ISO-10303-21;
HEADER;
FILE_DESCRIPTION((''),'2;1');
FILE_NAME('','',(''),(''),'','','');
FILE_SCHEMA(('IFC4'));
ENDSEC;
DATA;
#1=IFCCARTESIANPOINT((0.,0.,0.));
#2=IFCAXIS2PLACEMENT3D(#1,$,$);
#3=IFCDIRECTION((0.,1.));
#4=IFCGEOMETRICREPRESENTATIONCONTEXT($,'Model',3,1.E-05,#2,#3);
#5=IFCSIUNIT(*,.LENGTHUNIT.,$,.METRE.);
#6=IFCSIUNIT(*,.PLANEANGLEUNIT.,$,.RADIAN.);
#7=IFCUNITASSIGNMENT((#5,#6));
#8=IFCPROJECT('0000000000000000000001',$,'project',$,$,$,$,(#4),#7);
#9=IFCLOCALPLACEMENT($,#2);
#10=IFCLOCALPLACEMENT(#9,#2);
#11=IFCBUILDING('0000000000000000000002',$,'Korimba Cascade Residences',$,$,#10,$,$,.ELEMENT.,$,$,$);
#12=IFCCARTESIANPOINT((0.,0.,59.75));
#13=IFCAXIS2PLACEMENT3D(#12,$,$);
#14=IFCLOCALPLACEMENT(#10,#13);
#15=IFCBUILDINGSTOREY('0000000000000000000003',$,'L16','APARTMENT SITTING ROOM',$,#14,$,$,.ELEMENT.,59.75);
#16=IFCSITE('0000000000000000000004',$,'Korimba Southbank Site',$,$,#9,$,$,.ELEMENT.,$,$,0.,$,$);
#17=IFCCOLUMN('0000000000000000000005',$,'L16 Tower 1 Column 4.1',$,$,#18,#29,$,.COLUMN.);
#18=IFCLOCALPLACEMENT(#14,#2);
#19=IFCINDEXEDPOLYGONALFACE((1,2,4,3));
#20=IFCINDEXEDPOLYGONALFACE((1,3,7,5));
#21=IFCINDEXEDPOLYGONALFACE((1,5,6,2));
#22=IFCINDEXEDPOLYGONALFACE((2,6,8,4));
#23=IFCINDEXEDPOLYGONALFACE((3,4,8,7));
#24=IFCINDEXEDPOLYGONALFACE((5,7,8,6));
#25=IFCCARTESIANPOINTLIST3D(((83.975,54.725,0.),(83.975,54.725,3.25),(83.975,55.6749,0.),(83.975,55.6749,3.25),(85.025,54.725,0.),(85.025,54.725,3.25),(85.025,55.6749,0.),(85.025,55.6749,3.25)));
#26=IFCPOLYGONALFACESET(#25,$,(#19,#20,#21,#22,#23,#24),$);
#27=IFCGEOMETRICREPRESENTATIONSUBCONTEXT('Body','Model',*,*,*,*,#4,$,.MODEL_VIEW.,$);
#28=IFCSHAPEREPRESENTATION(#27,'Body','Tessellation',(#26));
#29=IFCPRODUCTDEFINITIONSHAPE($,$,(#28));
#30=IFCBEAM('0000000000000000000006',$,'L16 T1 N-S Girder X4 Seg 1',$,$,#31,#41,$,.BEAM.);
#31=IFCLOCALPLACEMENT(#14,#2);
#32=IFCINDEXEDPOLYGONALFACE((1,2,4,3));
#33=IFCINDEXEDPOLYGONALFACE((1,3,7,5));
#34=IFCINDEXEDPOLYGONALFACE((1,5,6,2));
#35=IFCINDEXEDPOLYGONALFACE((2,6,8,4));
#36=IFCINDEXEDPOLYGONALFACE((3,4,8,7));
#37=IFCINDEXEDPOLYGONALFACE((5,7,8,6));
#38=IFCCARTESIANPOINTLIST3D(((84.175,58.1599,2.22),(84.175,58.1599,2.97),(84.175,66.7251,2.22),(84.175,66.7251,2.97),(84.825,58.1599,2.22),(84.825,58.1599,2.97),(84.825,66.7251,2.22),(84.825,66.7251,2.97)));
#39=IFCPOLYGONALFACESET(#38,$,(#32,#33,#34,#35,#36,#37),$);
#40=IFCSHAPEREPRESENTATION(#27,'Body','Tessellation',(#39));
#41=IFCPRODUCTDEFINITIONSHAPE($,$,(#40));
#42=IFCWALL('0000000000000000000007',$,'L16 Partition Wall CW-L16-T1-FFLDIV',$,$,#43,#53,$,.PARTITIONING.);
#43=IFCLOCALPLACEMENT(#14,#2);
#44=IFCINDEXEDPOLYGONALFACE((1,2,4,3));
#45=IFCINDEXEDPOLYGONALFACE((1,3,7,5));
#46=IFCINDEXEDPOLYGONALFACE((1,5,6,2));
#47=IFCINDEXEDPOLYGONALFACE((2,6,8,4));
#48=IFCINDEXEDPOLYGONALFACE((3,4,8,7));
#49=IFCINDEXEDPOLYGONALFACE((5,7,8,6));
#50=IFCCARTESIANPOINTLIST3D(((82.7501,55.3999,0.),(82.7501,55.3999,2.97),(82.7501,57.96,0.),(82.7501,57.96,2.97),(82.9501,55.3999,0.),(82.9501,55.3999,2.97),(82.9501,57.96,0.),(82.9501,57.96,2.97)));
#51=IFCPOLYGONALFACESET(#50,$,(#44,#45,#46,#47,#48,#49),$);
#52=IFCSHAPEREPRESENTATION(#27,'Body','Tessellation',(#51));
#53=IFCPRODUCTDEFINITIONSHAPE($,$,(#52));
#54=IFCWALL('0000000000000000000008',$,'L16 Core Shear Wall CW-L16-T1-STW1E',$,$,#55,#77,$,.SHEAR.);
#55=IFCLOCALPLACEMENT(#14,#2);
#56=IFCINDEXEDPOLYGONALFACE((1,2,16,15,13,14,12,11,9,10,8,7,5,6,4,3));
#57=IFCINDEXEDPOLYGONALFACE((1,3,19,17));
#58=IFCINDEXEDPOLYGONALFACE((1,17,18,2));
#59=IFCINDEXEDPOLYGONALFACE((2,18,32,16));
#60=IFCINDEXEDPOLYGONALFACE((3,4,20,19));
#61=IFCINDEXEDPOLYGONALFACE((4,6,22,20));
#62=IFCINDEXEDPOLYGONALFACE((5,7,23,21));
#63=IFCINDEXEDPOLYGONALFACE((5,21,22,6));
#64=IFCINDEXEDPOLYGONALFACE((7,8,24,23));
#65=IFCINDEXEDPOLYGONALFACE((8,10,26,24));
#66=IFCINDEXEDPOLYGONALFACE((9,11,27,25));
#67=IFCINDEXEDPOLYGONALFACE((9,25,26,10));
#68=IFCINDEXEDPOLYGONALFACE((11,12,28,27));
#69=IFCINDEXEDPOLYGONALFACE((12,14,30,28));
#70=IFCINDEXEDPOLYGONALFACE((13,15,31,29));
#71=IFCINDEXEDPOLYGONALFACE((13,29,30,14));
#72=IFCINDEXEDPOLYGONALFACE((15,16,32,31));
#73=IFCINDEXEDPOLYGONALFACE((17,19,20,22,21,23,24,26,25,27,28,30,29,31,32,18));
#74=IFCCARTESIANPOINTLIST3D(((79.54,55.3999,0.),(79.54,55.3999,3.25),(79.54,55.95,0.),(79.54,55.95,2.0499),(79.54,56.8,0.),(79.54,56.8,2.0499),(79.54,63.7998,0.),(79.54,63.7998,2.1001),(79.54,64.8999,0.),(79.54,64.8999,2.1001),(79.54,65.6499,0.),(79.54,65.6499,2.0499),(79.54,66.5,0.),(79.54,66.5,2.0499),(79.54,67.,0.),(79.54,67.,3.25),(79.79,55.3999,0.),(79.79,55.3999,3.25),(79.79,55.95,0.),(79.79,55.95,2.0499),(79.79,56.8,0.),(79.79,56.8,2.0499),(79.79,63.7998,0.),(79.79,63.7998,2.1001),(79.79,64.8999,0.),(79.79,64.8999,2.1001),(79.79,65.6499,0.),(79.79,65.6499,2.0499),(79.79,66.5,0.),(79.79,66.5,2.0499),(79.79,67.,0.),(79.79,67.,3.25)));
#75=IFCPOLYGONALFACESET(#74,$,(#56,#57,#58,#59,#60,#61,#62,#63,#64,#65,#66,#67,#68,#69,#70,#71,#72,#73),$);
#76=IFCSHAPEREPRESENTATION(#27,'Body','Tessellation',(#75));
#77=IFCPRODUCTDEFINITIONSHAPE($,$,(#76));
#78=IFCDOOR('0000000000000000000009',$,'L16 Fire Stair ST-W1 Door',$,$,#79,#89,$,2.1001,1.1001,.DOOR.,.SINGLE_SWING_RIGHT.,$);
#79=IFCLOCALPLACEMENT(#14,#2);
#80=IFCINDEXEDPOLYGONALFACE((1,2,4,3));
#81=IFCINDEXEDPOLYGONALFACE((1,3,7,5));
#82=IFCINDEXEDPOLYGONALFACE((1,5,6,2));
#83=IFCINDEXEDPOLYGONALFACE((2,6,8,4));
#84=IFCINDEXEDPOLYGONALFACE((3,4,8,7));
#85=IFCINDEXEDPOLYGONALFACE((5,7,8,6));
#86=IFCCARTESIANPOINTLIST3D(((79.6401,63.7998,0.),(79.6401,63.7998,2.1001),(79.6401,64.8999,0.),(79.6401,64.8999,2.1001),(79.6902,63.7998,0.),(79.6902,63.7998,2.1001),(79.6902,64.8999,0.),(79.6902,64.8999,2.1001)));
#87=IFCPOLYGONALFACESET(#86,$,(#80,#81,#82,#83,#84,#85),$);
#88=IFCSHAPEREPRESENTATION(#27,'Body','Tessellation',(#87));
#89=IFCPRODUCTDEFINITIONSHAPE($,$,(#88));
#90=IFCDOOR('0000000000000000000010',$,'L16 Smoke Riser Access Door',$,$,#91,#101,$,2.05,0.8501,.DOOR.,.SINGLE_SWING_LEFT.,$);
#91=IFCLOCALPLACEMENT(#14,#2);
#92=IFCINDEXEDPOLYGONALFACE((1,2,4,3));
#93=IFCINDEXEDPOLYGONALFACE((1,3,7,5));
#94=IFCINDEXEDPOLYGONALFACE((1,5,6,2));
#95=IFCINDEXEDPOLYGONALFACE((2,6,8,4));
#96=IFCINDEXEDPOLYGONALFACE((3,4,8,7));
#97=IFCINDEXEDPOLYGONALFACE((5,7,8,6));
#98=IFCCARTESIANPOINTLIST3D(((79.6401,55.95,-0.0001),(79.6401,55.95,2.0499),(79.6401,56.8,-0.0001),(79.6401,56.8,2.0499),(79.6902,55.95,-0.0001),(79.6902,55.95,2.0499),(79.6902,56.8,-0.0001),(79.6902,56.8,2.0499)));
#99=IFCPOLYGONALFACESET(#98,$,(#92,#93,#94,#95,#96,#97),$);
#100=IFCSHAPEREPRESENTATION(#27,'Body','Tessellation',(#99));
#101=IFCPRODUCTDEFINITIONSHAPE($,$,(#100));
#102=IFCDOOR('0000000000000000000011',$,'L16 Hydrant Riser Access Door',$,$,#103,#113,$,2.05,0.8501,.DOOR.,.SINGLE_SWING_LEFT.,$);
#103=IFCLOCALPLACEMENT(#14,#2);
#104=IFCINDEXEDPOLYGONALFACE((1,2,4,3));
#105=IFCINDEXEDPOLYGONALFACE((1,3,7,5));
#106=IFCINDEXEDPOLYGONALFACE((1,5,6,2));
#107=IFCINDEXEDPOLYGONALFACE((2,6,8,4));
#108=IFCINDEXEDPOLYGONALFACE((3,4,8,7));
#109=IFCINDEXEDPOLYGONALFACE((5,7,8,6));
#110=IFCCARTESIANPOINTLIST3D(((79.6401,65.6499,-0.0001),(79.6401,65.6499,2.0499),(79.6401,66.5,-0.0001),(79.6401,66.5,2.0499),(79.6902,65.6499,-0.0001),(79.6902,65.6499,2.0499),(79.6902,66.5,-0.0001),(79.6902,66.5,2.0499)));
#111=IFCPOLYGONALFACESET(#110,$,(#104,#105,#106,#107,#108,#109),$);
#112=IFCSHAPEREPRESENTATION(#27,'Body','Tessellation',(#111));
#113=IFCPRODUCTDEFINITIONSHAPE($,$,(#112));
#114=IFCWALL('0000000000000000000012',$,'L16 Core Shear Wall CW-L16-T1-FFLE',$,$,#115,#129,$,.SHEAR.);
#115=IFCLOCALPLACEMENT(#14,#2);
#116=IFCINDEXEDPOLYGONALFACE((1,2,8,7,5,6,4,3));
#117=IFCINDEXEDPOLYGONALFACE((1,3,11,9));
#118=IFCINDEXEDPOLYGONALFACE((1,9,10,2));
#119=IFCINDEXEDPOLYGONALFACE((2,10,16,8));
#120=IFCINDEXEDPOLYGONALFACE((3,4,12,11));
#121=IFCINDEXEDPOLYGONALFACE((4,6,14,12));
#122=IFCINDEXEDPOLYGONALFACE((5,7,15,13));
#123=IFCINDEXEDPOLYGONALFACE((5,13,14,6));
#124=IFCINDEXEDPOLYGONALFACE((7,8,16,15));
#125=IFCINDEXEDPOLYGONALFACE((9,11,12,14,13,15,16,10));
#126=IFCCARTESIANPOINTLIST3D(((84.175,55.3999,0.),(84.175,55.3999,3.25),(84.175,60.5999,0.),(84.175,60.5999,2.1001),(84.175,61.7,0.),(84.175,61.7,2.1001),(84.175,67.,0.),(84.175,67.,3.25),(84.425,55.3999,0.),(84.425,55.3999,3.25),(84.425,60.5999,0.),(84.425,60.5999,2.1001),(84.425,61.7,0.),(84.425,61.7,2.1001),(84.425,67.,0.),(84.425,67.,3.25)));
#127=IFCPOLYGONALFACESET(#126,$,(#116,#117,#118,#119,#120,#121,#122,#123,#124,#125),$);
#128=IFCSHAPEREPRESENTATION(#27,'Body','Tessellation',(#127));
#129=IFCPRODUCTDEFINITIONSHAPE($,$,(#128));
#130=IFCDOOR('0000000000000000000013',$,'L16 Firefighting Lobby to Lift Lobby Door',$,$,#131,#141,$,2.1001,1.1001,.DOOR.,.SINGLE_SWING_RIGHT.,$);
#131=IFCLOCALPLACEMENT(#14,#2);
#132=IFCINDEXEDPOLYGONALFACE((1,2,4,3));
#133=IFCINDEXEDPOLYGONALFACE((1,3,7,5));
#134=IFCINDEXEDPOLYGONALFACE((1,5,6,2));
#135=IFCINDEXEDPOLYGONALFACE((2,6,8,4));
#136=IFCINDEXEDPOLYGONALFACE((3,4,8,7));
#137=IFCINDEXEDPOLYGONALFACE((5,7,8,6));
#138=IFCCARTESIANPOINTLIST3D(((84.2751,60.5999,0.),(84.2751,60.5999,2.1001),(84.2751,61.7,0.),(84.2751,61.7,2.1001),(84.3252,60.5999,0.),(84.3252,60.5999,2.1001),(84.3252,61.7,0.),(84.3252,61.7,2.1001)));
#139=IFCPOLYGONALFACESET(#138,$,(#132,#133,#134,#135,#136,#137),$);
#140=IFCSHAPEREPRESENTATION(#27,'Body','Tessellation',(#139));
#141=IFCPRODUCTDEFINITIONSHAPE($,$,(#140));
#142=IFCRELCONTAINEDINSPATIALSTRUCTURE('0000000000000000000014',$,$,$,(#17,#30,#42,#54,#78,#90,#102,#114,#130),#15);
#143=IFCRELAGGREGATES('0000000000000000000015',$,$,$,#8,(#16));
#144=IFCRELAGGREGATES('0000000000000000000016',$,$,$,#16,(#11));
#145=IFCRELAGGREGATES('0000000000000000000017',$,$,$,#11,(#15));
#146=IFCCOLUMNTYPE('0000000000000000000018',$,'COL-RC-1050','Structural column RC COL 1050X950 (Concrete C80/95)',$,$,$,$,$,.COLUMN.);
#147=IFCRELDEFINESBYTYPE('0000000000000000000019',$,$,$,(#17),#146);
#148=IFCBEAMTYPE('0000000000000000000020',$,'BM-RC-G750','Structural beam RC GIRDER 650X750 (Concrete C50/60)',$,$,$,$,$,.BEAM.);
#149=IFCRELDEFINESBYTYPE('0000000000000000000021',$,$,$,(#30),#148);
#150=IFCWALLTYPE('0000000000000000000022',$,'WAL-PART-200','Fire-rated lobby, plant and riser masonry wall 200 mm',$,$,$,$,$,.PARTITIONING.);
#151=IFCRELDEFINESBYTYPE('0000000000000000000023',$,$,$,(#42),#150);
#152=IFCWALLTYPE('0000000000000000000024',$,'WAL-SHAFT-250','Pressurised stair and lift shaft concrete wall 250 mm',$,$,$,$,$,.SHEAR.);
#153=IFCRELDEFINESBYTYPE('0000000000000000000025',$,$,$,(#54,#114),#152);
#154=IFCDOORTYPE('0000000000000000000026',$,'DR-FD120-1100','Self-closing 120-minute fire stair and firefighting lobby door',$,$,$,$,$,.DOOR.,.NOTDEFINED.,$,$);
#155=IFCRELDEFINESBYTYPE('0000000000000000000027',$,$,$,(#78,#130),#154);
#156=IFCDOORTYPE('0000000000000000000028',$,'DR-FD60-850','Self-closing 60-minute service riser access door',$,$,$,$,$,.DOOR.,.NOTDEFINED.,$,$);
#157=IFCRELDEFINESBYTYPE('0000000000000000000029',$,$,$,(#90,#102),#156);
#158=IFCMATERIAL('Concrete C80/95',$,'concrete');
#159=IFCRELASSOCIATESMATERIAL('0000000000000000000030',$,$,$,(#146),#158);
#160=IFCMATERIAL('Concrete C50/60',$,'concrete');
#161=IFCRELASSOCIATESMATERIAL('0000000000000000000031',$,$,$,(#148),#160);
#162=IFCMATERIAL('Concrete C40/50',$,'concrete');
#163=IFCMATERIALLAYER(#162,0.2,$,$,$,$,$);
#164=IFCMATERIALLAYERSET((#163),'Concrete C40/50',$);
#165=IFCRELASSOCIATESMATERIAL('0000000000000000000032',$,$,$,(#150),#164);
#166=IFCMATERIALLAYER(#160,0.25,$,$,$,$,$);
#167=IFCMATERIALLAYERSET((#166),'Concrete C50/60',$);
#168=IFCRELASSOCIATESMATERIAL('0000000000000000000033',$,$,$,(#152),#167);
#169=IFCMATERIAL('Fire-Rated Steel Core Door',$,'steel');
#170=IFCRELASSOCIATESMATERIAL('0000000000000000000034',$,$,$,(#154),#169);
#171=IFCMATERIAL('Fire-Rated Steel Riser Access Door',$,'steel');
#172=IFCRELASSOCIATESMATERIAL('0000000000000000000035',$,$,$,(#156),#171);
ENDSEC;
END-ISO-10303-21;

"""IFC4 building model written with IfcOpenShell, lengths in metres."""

from ifc_helpers import new_model, si_unit, direction, frame, frame_2d, origin, origin_2d, place, context, subcontext, project, spatial, rectangle, extrude, material, layer, layer_set, material_profile, profile_set, type_object, element, fill, save


model = new_model("IFC4")

# Units and contexts
model_context = context("Model", 3, precision=1e-05, world=origin(), true_north=direction((0.0, 1.0)))
body_context = subcontext(model_context, "Body", "Model", "MODEL_VIEW")
ifc_project = project(units=[si_unit("LENGTHUNIT", "METRE"), si_unit("PLANEANGLEUNIT", "RADIAN")], contexts=[model_context])

# Site, building, storey
site_placement = place(None, origin())
site = spatial("IfcSite", under=ifc_project, at=site_placement, Name="Korimba Southbank Site", CompositionType="ELEMENT", RefElevation=0.0)
building_placement = place(site_placement, origin())
building = spatial("IfcBuilding", under=site, at=building_placement, Name="Korimba Cascade Residences", CompositionType="ELEMENT")
storey_placement = place(building_placement, frame((0.0, 0.0, 59.75)))
storey = spatial("IfcBuildingStorey", under=building, at=storey_placement, Name="L16", Description="APARTMENT SITTING ROOM", CompositionType="ELEMENT", Elevation=59.75)

# Column
ifc_material_1 = material(Name="Concrete C80/95", Category="concrete")
ifc_material_profile_1 = material_profile(ifc_material_1, rectangle(XDim=1.05, YDim=0.95, at=origin_2d()), Name="Concrete C80/95")
ifc_profile_set_1 = profile_set([ifc_material_profile_1], Name="Concrete C80/95")
column_type = type_object("IfcColumnType", Name="COL-RC-1050", Description="Structural column RC COL 1050X950 (Concrete C80/95)", PredefinedType="COLUMN", material=ifc_profile_set_1)
column_placement = place(storey_placement, frame((84.5, 55.2, 0.0), z_axis=(0.0, 0.0, 1.0), x_axis=(1.0, 0.0, 0.0)))
element("IfcColumn", 1, at=column_placement, inside=storey, type_object=column_type, Name="L16 Tower 1 Column 4.1", PredefinedType="COLUMN", context=body_context, shape_type="SweptSolid", body=[
    extrude(rectangle(XDim=1.05, YDim=0.95, at=origin_2d()), origin(), (0.0, 0.0, 1.0), 3.25),
])

# Beam
ifc_material_2 = material(Name="Concrete C50/60", Category="concrete")
ifc_material_profile_2 = material_profile(ifc_material_2, rectangle(XDim=0.6499, YDim=0.75, at=origin_2d()), Name="Concrete C50/60")
ifc_profile_set_2 = profile_set([ifc_material_profile_2], Name="Concrete C50/60")
beam_type = type_object("IfcBeamType", Name="BM-RC-G750", Description="Structural beam RC GIRDER 650X750 (Concrete C50/60)", PredefinedType="BEAM", material=ifc_profile_set_2)
beam_placement = place(storey_placement, frame((84.5, 58.1599, 2.595), z_axis=(0.0, 1.0, 0.0), x_axis=(-1.0, 0.0, 0.0)))
element("IfcBeam", 2, at=beam_placement, inside=storey, type_object=beam_type, Name="L16 T1 N-S Girder X4 Seg 1", PredefinedType="BEAM", context=body_context, shape_type="SweptSolid", body=[
    extrude(rectangle(XDim=0.6499, YDim=0.75, at=origin_2d()), origin(), (0.0, 0.0, 1.0), 8.5652),
])

# Wall
ifc_material_3 = material(Name="Concrete C40/50", Category="concrete")
ifc_layer_1 = layer(ifc_material_3, 0.2)
ifc_layer_set_1 = layer_set([ifc_layer_1], Name="Concrete C40/50")
wall_type_1 = type_object("IfcWallType", Name="WAL-PART-200", Description="Fire-rated lobby, plant and riser masonry wall 200 mm", PredefinedType="PARTITIONING", material=ifc_layer_set_1)
wall_1_placement = place(storey_placement, frame((82.8501, 55.3999, 0.0), z_axis=(0.0, 0.0, 1.0), x_axis=(0.0, 1.0, 0.0)))
element("IfcWall", 3, at=wall_1_placement, inside=storey, type_object=wall_type_1, Name="L16 Partition Wall CW-L16-T1-FFLDIV", PredefinedType="PARTITIONING", context=body_context, shape_type="SweptSolid", body=[
    extrude(rectangle(XDim=2.5601, YDim=0.2, at=frame_2d((1.28, 0.0))), origin(), (0.0, 0.0, 1.0), 2.97),
])

# Wall, openings, doors
ifc_layer_2 = layer(ifc_material_2, 0.25)
ifc_layer_set_2 = layer_set([ifc_layer_2], Name="Concrete C50/60")
wall_type_2 = type_object("IfcWallType", Name="WAL-SHAFT-250", Description="Pressurised stair and lift shaft concrete wall 250 mm", PredefinedType="SHEAR", material=ifc_layer_set_2)
wall_2_placement = place(storey_placement, frame((79.665, 55.3999, 0.0), z_axis=(0.0, 0.0, 1.0), x_axis=(0.0, 1.0, 0.0)))
wall_2 = element("IfcWall", 4, at=wall_2_placement, inside=storey, type_object=wall_type_2, Name="L16 Core Shear Wall CW-L16-T1-STW1E", PredefinedType="SHEAR", context=body_context, shape_type="SweptSolid", body=[
    extrude(rectangle(XDim=11.6001, YDim=0.25, at=frame_2d((5.8, 0.0))), origin(), (0.0, 0.0, 1.0), 3.25),
])
opening_1_placement = place(wall_2_placement, frame((0.55, 0.0, 0.0)))
opening_1 = element("IfcOpeningElement", 5, at=opening_1_placement, cuts=wall_2, PredefinedType="OPENING", context=body_context, shape_type="SweptSolid", body=[
    extrude(rectangle(XDim=0.8501, YDim=2.05, at=frame_2d((0.425, 1.0249))), frame((0.0, 0.135, 0.0), z_axis=(0.0, -1.0, 0.0), x_axis=(1.0, 0.0, 0.0)), (0.0, 0.0, 1.0), 0.27),
])
opening_2_placement = place(wall_2_placement, frame((8.3999, 0.0, 0.0)))
opening_2 = element("IfcOpeningElement", 6, at=opening_2_placement, cuts=wall_2, PredefinedType="OPENING", context=body_context, shape_type="SweptSolid", body=[
    extrude(rectangle(XDim=1.1001, YDim=2.1001, at=frame_2d((0.55, 1.05))), frame((0.0, 0.135, 0.0), z_axis=(0.0, -1.0, 0.0), x_axis=(1.0, 0.0, 0.0)), (0.0, 0.0, 1.0), 0.27),
])
opening_3_placement = place(wall_2_placement, frame((10.25, 0.0, 0.0)))
opening_3 = element("IfcOpeningElement", 7, at=opening_3_placement, cuts=wall_2, PredefinedType="OPENING", context=body_context, shape_type="SweptSolid", body=[
    extrude(rectangle(XDim=0.8501, YDim=2.05, at=frame_2d((0.425, 1.0249))), frame((0.0, 0.135, 0.0), z_axis=(0.0, -1.0, 0.0), x_axis=(1.0, 0.0, 0.0)), (0.0, 0.0, 1.0), 0.27),
])
ifc_material_4 = material(Name="Fire-Rated Steel Core Door", Category="steel")
door_type_1 = type_object("IfcDoorType", Name="DR-FD120-1100", Description="Self-closing 120-minute fire stair and firefighting lobby door", OperationType="NOTDEFINED", PredefinedType="DOOR", material=ifc_material_4)
door_1_placement = place(opening_2_placement, origin())
door_1 = element("IfcDoor", 8, at=door_1_placement, inside=storey, type_object=door_type_1, Name="L16 Fire Stair ST-W1 Door", OperationType="SINGLE_SWING_RIGHT", OverallHeight=2.1001, OverallWidth=1.1001, PredefinedType="DOOR", context=body_context, shape_type="SweptSolid", body=[
    extrude(rectangle(XDim=1.1001, YDim=2.1001, at=frame_2d((0.55, 1.05))), frame((0.0, 0.0249, 0.0), z_axis=(0.0, -1.0, 0.0), x_axis=(1.0, 0.0, 0.0)), (0.0, 0.0, 1.0), 0.05),
])
fill(opening_2, door_1)
ifc_material_5 = material(Name="Fire-Rated Steel Riser Access Door", Category="steel")
door_type_2 = type_object("IfcDoorType", Name="DR-FD60-850", Description="Self-closing 60-minute service riser access door", OperationType="NOTDEFINED", PredefinedType="DOOR", material=ifc_material_5)
door_2_placement = place(opening_1_placement, origin())
door_2 = element("IfcDoor", 9, at=door_2_placement, inside=storey, type_object=door_type_2, Name="L16 Smoke Riser Access Door", OperationType="SINGLE_SWING_LEFT", OverallHeight=2.05, OverallWidth=0.8501, PredefinedType="DOOR", context=body_context, shape_type="SweptSolid", body=[
    extrude(rectangle(XDim=0.8501, YDim=2.05, at=frame_2d((0.425, 1.0249))), frame((0.0, 0.0249, 0.0), z_axis=(0.0, -1.0, 0.0), x_axis=(1.0, 0.0, 0.0)), (0.0, 0.0, 1.0), 0.05),
])
fill(opening_1, door_2)
door_3_placement = place(opening_3_placement, origin())
door_3 = element("IfcDoor", 10, at=door_3_placement, inside=storey, type_object=door_type_2, Name="L16 Hydrant Riser Access Door", OperationType="SINGLE_SWING_LEFT", OverallHeight=2.05, OverallWidth=0.8501, PredefinedType="DOOR", context=body_context, shape_type="SweptSolid", body=[
    extrude(rectangle(XDim=0.8501, YDim=2.05, at=frame_2d((0.425, 1.0249))), frame((0.0, 0.0249, 0.0), z_axis=(0.0, -1.0, 0.0), x_axis=(1.0, 0.0, 0.0)), (0.0, 0.0, 1.0), 0.05),
])
fill(opening_3, door_3)

# Wall, opening, door
wall_3_placement = place(storey_placement, frame((84.3, 55.3999, 0.0), z_axis=(0.0, 0.0, 1.0), x_axis=(0.0, 1.0, 0.0)))
wall_3 = element("IfcWall", 11, at=wall_3_placement, inside=storey, type_object=wall_type_2, Name="L16 Core Shear Wall CW-L16-T1-FFLE", PredefinedType="SHEAR", context=body_context, shape_type="SweptSolid", body=[
    extrude(rectangle(XDim=11.6001, YDim=0.25, at=frame_2d((5.8, 0.0))), origin(), (0.0, 0.0, 1.0), 3.25),
])
opening_4_placement = place(wall_3_placement, frame((5.2, 0.0, 0.0)))
opening_4 = element("IfcOpeningElement", 12, at=opening_4_placement, cuts=wall_3, PredefinedType="OPENING", context=body_context, shape_type="SweptSolid", body=[
    extrude(rectangle(XDim=1.1001, YDim=2.1001, at=frame_2d((0.55, 1.05))), frame((0.0, 0.135, 0.0), z_axis=(0.0, -1.0, 0.0), x_axis=(1.0, 0.0, 0.0)), (0.0, 0.0, 1.0), 0.27),
])
door_4_placement = place(opening_4_placement, origin())
door_4 = element("IfcDoor", 13, at=door_4_placement, inside=storey, type_object=door_type_1, Name="L16 Firefighting Lobby to Lift Lobby Door", OperationType="SINGLE_SWING_RIGHT", OverallHeight=2.1001, OverallWidth=1.1001, PredefinedType="DOOR", context=body_context, shape_type="SweptSolid", body=[
    extrude(rectangle(XDim=1.1001, YDim=2.1001, at=frame_2d((0.55, 1.05))), frame((0.0, 0.0249, 0.0), z_axis=(0.0, -1.0, 0.0), x_axis=(1.0, 0.0, 0.0)), (0.0, 0.0, 1.0), 0.05),
])
fill(opening_4, door_4)

save(model, "model.ifc")
